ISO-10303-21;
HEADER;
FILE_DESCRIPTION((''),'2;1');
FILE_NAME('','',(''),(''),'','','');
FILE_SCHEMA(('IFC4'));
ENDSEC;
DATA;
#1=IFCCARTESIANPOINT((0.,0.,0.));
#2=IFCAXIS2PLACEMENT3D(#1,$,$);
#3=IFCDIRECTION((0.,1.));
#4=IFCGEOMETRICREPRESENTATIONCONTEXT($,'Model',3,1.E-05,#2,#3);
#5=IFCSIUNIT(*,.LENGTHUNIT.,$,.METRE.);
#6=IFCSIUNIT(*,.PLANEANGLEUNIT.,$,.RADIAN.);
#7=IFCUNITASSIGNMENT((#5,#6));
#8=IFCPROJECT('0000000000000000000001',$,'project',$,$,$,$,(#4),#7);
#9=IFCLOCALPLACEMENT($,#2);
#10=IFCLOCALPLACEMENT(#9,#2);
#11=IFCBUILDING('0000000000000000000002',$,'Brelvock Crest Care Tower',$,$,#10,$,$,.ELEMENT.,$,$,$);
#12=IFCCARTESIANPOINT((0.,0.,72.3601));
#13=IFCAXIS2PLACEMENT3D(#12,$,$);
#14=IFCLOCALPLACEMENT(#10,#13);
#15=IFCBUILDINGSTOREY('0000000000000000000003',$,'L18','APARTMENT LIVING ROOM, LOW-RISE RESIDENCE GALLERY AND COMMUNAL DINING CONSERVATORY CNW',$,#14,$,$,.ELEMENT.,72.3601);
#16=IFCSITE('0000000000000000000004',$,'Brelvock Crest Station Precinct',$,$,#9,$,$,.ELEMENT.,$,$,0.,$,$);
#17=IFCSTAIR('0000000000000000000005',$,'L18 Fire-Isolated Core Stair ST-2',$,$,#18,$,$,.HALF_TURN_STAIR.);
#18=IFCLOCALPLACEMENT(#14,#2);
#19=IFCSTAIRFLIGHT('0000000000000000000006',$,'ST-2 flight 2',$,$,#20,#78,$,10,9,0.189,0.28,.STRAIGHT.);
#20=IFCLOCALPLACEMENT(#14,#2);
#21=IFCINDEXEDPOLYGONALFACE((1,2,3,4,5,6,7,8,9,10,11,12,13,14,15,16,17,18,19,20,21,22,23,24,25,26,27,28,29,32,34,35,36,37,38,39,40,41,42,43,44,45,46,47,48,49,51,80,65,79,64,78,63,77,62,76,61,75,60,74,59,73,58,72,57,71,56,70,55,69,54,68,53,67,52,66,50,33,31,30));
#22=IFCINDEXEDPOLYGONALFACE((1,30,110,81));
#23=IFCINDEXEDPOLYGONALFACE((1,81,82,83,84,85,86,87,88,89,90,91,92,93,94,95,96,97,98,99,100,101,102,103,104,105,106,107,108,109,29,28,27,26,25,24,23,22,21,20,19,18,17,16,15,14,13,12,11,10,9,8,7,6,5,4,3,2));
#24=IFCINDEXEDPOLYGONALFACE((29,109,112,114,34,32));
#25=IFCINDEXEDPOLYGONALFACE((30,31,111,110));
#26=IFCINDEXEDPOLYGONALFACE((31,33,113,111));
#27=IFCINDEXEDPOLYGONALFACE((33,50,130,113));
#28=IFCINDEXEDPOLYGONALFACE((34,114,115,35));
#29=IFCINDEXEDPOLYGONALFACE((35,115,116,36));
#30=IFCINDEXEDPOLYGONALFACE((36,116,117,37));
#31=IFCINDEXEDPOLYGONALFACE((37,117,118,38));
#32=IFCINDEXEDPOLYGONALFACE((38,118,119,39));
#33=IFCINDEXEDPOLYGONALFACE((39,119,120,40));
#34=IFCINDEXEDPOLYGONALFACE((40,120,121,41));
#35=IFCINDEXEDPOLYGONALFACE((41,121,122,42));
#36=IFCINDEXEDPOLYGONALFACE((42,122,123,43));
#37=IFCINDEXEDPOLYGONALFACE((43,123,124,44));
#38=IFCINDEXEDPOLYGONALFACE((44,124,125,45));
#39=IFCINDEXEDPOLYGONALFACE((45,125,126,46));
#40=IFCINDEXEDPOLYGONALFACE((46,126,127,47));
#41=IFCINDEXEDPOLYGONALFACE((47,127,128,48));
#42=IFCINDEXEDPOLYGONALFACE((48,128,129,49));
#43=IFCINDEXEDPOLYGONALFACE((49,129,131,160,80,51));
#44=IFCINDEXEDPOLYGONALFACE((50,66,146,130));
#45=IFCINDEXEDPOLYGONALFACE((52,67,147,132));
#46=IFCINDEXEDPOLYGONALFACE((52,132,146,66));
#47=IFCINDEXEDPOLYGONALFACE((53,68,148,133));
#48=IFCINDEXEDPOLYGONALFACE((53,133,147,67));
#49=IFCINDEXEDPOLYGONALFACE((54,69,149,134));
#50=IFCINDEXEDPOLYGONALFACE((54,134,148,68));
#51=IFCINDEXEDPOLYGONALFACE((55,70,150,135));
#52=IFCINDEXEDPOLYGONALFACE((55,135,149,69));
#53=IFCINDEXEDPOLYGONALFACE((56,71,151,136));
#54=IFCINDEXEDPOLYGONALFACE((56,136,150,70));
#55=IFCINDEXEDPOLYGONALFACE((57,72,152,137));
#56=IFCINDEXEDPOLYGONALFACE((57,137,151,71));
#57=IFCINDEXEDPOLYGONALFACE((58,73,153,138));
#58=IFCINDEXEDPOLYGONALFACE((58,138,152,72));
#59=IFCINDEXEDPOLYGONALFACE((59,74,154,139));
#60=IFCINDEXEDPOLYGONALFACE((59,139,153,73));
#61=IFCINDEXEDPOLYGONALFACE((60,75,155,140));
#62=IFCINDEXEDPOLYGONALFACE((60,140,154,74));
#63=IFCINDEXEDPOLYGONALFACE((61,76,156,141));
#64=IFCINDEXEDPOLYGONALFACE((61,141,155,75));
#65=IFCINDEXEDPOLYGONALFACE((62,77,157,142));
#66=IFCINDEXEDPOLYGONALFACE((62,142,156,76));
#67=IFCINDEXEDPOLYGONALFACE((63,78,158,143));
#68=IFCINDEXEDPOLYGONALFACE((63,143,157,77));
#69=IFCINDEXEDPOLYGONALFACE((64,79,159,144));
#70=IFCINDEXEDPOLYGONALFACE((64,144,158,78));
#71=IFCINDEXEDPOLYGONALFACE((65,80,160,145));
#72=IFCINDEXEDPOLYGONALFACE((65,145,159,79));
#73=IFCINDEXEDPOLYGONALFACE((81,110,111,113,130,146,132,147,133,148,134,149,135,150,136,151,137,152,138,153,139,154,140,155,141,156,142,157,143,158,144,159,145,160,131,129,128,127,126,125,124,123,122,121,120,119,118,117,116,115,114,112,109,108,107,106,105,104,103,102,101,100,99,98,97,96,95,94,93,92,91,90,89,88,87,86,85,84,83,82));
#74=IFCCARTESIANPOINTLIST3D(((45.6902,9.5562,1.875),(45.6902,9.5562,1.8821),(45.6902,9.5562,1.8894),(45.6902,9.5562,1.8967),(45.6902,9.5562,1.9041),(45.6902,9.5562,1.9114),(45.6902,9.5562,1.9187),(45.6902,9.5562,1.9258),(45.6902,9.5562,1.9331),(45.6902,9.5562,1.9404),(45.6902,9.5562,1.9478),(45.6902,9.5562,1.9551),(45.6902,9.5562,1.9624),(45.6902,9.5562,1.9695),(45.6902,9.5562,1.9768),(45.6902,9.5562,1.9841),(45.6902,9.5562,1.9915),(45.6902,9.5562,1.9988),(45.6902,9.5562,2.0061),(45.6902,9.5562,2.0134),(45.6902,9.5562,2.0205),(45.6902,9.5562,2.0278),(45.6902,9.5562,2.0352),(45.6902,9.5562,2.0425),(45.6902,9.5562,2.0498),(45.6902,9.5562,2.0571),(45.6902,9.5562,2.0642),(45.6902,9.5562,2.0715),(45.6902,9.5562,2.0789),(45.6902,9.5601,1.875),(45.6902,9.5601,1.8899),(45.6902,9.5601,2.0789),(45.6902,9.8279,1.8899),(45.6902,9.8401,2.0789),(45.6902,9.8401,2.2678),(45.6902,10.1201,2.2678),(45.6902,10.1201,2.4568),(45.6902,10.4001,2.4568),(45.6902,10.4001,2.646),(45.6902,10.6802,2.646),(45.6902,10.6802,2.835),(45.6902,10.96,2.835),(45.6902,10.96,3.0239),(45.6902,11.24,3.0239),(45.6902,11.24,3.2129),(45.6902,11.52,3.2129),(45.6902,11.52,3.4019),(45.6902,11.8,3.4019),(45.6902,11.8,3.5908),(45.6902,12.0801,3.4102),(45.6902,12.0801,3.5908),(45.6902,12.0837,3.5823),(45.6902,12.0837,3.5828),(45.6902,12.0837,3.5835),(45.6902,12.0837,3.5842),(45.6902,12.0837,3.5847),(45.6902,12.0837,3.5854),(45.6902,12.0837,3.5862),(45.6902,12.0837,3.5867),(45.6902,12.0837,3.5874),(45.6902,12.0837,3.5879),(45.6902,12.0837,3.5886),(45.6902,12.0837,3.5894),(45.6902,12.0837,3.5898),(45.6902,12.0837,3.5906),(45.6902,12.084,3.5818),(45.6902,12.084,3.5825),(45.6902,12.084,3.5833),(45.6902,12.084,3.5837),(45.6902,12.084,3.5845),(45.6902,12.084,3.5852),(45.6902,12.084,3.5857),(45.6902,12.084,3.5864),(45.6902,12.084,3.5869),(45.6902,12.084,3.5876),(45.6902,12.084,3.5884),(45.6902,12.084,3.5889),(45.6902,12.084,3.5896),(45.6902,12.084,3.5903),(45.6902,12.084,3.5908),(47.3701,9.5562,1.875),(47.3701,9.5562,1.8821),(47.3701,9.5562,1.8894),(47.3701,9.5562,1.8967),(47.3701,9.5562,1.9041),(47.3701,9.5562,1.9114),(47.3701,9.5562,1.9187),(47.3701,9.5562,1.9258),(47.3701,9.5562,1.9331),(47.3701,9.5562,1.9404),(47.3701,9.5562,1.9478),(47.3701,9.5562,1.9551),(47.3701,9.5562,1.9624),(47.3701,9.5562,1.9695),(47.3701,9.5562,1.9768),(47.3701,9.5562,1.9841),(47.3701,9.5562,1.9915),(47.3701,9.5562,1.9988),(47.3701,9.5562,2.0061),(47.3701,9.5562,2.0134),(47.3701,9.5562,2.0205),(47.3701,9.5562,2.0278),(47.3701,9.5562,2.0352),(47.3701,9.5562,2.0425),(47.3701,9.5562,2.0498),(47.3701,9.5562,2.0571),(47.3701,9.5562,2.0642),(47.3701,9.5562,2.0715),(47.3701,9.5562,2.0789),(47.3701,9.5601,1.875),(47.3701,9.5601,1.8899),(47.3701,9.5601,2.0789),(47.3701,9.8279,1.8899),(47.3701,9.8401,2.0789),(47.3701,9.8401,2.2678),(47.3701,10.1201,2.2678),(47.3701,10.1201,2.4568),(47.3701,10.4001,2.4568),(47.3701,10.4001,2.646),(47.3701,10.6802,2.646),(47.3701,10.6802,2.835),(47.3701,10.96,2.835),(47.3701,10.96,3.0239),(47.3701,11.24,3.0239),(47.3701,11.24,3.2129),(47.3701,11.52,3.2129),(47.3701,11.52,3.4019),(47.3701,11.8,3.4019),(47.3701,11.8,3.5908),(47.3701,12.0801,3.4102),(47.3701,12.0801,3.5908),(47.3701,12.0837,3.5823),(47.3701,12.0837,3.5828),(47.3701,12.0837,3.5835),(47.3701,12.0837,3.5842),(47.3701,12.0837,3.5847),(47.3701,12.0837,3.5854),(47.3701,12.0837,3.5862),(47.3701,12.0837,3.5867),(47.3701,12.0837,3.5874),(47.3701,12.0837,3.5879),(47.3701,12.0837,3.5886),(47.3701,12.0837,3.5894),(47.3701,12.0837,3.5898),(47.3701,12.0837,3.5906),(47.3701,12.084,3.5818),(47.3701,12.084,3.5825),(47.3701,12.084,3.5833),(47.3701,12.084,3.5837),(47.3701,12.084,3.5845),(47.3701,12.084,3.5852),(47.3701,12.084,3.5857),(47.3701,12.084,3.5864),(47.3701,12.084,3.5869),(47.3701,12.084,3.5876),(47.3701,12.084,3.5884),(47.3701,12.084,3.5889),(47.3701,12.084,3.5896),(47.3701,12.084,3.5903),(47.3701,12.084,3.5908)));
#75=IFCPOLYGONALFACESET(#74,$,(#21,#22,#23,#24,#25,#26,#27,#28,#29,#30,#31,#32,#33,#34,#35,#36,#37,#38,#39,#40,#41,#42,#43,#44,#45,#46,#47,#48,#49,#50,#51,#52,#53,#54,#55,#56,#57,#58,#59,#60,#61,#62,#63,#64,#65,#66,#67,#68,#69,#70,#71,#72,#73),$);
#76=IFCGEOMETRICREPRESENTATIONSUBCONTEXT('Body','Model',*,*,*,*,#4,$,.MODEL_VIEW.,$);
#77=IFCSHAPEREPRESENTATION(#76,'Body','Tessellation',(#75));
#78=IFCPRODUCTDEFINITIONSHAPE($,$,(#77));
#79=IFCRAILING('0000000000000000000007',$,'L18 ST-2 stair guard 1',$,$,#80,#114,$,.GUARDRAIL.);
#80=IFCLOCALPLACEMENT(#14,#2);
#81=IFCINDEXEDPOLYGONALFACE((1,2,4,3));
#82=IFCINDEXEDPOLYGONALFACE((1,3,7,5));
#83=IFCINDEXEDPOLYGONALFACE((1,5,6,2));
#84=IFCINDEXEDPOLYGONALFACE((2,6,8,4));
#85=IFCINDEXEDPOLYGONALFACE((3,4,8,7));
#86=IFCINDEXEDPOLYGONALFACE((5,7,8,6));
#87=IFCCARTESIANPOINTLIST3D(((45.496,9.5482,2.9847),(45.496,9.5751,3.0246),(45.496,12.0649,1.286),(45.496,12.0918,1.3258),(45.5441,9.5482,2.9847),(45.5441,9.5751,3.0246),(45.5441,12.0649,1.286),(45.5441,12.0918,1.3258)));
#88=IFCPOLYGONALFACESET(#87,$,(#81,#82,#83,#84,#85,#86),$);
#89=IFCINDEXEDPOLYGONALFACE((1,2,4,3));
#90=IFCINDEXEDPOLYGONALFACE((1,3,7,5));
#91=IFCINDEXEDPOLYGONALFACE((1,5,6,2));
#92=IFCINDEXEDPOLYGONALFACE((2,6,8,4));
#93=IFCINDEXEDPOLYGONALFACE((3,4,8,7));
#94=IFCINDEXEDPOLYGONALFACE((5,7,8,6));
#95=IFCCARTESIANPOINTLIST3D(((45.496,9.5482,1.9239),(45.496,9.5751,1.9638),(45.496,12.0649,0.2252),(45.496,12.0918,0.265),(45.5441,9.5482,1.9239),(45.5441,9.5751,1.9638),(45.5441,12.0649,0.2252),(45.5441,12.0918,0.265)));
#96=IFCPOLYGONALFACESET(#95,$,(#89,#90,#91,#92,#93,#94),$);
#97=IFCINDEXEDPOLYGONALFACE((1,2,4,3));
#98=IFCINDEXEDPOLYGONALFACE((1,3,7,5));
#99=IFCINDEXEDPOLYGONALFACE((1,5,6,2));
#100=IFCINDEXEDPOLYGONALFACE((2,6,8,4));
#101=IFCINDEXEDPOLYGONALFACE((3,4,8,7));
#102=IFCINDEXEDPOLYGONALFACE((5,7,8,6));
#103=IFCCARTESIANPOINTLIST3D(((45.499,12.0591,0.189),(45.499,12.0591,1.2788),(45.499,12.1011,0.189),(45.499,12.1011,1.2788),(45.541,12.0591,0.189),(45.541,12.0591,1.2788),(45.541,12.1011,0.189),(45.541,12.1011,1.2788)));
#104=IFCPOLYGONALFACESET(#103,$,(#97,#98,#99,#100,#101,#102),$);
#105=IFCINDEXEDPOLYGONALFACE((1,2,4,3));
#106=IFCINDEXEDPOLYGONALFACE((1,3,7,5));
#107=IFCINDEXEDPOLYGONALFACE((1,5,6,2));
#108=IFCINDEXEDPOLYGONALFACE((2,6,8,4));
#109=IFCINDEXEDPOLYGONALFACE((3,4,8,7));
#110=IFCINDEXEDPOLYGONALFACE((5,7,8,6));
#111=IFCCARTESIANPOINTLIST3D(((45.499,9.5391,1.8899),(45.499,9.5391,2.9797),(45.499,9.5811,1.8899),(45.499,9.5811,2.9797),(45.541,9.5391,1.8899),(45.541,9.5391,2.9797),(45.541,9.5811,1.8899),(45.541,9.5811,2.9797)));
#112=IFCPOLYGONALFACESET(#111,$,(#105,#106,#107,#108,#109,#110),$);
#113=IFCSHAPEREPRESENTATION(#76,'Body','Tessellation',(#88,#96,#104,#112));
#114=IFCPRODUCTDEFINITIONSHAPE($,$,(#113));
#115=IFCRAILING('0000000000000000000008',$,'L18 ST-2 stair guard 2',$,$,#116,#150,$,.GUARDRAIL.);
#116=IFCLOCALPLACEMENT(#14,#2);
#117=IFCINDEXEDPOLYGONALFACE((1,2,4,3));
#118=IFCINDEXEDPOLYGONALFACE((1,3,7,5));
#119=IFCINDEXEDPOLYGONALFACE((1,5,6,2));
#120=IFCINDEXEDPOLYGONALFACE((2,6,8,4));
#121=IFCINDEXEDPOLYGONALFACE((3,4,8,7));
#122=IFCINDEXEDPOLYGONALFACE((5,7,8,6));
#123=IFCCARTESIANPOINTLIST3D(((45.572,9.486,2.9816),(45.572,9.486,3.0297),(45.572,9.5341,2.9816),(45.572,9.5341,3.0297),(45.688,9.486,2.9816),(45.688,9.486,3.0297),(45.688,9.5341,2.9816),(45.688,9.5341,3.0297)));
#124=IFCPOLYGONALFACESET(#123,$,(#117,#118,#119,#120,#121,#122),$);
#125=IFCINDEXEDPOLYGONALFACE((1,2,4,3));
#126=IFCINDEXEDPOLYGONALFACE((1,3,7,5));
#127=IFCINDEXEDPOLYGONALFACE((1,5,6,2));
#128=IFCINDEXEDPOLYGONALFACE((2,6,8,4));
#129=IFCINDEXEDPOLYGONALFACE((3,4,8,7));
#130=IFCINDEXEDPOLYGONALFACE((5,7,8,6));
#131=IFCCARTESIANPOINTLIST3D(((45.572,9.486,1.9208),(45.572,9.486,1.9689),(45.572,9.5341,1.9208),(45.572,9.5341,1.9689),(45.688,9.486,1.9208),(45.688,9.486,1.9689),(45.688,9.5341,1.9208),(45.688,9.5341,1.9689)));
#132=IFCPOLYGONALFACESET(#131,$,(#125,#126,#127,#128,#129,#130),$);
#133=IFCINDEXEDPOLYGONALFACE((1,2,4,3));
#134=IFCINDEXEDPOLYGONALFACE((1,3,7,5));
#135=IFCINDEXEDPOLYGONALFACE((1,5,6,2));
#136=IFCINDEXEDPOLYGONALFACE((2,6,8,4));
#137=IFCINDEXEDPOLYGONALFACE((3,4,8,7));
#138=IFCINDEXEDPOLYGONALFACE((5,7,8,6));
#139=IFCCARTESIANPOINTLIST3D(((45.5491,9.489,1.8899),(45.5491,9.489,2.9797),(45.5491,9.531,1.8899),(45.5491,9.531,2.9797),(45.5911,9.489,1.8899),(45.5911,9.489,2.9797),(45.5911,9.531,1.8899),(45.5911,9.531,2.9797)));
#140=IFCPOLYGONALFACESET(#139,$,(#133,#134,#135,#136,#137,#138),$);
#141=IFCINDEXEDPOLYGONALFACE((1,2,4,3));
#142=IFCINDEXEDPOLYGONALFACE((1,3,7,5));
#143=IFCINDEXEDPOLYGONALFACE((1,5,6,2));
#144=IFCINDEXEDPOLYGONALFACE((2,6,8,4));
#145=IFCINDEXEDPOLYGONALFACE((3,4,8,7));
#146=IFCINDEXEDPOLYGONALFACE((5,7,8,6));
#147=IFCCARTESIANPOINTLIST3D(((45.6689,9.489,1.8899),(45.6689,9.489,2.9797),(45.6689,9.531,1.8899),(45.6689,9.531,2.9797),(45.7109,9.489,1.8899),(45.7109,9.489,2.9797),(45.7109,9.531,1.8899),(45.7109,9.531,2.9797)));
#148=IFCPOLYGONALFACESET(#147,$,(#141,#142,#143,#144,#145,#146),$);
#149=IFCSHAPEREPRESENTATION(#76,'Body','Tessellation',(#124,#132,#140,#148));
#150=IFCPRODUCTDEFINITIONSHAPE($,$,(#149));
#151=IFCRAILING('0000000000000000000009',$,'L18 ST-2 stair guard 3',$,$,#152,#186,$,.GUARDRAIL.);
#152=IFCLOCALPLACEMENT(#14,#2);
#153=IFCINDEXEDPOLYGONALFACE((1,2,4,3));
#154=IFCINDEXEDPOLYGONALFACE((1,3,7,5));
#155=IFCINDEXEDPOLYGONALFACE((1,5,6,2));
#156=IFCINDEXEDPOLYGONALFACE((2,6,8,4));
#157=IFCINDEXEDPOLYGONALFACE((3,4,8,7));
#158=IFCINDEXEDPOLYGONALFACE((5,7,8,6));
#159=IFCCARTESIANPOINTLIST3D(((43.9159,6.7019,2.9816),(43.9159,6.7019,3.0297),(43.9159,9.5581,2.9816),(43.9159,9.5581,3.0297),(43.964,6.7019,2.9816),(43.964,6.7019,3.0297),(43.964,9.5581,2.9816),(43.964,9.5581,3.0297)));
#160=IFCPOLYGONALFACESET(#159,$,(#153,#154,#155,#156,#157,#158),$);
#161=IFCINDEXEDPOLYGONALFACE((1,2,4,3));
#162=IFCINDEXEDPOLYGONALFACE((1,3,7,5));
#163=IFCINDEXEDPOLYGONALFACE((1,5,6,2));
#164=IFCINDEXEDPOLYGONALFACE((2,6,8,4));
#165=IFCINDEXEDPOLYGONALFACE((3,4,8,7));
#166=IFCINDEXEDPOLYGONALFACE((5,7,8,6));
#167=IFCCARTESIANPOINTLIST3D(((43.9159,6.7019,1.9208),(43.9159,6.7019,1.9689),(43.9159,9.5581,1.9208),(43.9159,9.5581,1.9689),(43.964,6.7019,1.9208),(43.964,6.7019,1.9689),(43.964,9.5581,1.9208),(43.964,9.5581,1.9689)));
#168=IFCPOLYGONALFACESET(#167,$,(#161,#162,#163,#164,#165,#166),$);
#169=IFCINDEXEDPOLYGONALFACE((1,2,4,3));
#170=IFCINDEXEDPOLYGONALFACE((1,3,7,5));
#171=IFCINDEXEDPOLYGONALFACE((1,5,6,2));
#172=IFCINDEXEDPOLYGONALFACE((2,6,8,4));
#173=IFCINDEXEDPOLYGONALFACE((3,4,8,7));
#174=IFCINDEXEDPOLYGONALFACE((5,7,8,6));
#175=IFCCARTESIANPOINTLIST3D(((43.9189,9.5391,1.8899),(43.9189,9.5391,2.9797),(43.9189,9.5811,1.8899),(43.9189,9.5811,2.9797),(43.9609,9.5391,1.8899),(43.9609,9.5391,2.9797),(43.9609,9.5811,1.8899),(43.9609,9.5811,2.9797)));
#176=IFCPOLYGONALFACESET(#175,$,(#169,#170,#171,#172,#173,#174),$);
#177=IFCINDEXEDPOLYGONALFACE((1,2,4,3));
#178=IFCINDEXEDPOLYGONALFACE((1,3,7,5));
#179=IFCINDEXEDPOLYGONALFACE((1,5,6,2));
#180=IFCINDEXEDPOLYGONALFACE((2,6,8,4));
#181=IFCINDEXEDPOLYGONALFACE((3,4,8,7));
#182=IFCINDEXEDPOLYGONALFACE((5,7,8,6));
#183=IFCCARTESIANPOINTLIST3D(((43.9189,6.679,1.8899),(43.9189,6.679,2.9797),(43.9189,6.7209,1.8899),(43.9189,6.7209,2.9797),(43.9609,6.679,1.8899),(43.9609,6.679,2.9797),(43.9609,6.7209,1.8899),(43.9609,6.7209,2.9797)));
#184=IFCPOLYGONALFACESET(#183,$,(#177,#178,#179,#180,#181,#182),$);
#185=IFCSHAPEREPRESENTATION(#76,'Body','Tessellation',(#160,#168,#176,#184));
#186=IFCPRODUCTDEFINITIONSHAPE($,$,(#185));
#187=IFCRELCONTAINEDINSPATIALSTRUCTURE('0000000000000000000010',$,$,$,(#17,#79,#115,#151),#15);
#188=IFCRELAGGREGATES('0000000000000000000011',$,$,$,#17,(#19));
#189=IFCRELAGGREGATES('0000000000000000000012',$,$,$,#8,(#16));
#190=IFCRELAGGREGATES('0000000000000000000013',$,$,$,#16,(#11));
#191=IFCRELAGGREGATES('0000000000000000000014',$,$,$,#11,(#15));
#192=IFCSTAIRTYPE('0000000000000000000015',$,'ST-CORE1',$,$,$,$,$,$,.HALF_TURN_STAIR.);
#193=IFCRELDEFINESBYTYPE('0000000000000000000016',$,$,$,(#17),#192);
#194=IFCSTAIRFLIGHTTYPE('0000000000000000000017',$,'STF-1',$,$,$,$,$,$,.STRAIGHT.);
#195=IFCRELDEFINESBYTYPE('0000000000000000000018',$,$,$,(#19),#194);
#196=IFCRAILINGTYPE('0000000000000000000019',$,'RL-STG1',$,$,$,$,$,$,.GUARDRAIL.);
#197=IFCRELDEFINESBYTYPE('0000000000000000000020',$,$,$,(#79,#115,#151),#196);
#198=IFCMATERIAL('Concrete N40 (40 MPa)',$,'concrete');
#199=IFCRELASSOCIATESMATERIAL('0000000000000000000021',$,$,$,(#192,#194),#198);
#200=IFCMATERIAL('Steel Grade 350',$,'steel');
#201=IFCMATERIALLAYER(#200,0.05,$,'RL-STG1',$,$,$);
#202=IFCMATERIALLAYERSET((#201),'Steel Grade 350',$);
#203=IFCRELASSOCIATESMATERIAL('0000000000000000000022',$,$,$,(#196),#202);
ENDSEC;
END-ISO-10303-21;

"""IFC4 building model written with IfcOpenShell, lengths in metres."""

from ifc_helpers import new_model, si_unit, direction, frame, origin, origin_2d, place, context, subcontext, project, spatial, polyline, rectangle, outline, extrude, material, layer, layer_set, type_object, element, aggregate, save


model = new_model("IFC4")

# Units and contexts
model_context = context("Model", 3, precision=1e-05, world=origin(), true_north=direction((0.0, 1.0)))
body_context = subcontext(model_context, "Body", "Model", "MODEL_VIEW")
ifc_project = project(units=[si_unit("LENGTHUNIT", "METRE"), si_unit("PLANEANGLEUNIT", "RADIAN")], contexts=[model_context])

# Site, building, storey
site_placement = place(None, origin())
site = spatial("IfcSite", under=ifc_project, at=site_placement, Name="Brelvock Crest Station Precinct", CompositionType="ELEMENT", RefElevation=0.0)
building_placement = place(site_placement, origin())
building = spatial("IfcBuilding", under=site, at=building_placement, Name="Brelvock Crest Care Tower", CompositionType="ELEMENT")
storey_placement = place(building_placement, frame((0.0, 0.0, 72.3601)))
storey = spatial("IfcBuildingStorey", under=building, at=storey_placement, Name="L18", Description="APARTMENT LIVING ROOM, LOW-RISE RESIDENCE GALLERY AND COMMUNAL DINING CONSERVATORY CNW", CompositionType="ELEMENT", Elevation=72.3601)

# Shared definitions
ifc_material_1 = material(Name="Steel Grade 350", Category="steel")

# Stair, stair flight
ifc_material_2 = material(Name="Concrete N40 (40 MPa)", Category="concrete")
stair_type = type_object("IfcStairType", Name="ST-CORE1", PredefinedType="HALF_TURN_STAIR", material=ifc_material_2)
stair_placement = place(storey_placement, origin())
stair = element("IfcStair", 1, at=stair_placement, inside=storey, type_object=stair_type, Name="L18 Fire-Isolated Core Stair ST-2", PredefinedType="HALF_TURN_STAIR")
stair_flight_type = type_object("IfcStairFlightType", Name="STF-1", PredefinedType="STRAIGHT", material=ifc_material_2)
stair_flight_1_placement = place(storey_placement, frame((46.53, 9.5601, 1.8899), z_axis=(0.0, 0.0, 1.0), x_axis=(0.0, 1.0, 0.0)))
stair_flight_1 = element("IfcStairFlight", 2, at=stair_flight_1_placement, type_object=stair_flight_type, Name="ST-2 flight 2", NumberOfRisers=10, NumberOfTreads=9, PredefinedType="STRAIGHT", RiserHeight=0.189, TreadLength=0.28, context=body_context, shape_type="SweptSolid", body=[
    extrude(outline(polyline([(-0.0039, -0.0149), (-0.0039, -0.0078), (-0.0039, -0.0005), (-0.0039, 0.0068), (-0.0039, 0.0142), (-0.0039, 0.0215), (-0.0039, 0.0288), (-0.0039, 0.0359), (-0.0039, 0.0432), (-0.0039, 0.0505), (-0.0039, 0.0579), (-0.0039, 0.0652), (-0.0039, 0.0725), (-0.0039, 0.0796), (-0.0039, 0.0869), (-0.0039, 0.0942), (-0.0039, 0.1016), (-0.0039, 0.1089), (-0.0039, 0.1162), (-0.0039, 0.1235), (-0.0039, 0.1306), (-0.0039, 0.1379), (-0.0039, 0.1453), (-0.0039, 0.1526), (-0.0039, 0.1599), (-0.0039, 0.1672), (-0.0039, 0.1743), (-0.0039, 0.1816), (-0.0039, 0.189), (0.0, 0.189), (0.28, 0.189), (0.28, 0.3779), (0.5601, 0.3779), (0.5601, 0.5669), (0.8401, 0.5669), (0.8401, 0.7561), (1.1201, 0.7561), (1.1201, 0.9451), (1.3999, 0.9451), (1.3999, 1.134), (1.6799, 1.134), (1.6799, 1.323), (1.96, 1.323), (1.96, 1.512), (2.24, 1.512), (2.24, 1.7009), (2.52, 1.7009), (2.5239, 1.7009), (2.5237, 1.7007), (2.5239, 1.7004), (2.5237, 1.7), (2.5239, 1.6997), (2.5237, 1.6995), (2.5239, 1.699), (2.5237, 1.6987), (2.5239, 1.6985), (2.5237, 1.698), (2.5239, 1.6978), (2.5237, 1.6975), (2.5239, 1.697), (2.5237, 1.6968), (2.5239, 1.6965), (2.5237, 1.6963), (2.5239, 1.6958), (2.5237, 1.6956), (2.5239, 1.6953), (2.5237, 1.6948), (2.5239, 1.6946), (2.5237, 1.6943), (2.5239, 1.6938), (2.5237, 1.6936), (2.5239, 1.6934), (2.5237, 1.6929), (2.5239, 1.6926), (2.5237, 1.6924), (2.5239, 1.6919), (2.52, 1.5203), (0.2678, 0.0), (0.0, 0.0), (0.0, -0.0149), (-0.0039, -0.0149)])), frame((0.0, 0.8398, 0.0), z_axis=(0.0, -1.0, 0.0), x_axis=(1.0, 0.0, 0.0)), (0.0, 0.0, 1.0), 1.6799),
])
aggregate(stair, [stair_flight_1])

# Railings
ifc_layer_1 = layer(ifc_material_1, 0.05, Name="RL-STG1")
ifc_layer_set_1 = layer_set([ifc_layer_1], Name="Steel Grade 350")
railing_type_1 = type_object("IfcRailingType", Name="RL-STG1", PredefinedType="GUARDRAIL", material=ifc_layer_set_1)
railing_1_placement = place(storey_placement, frame((45.52, 12.0801, 0.189)))
element("IfcRailing", 3, at=railing_1_placement, inside=storey, type_object=railing_type_1, Name="L18 ST-2 stair guard 1", PredefinedType="GUARDRAIL", context=body_context, shape_type="SweptSolid", body=[
    extrude(rectangle(XDim=0.0481, YDim=0.0481, at=origin_2d()), frame((0.0, -0.0017, 1.1169), z_axis=(0.0, -0.828862, 0.559454), x_axis=(1.0, 0.0, 0.0)), (0.0, 0.0, 1.0), 3.0364),
    extrude(rectangle(XDim=0.0481, YDim=0.0481, at=origin_2d()), frame((0.0, -0.0017, 0.0562), z_axis=(0.0, -0.828862, 0.559454), x_axis=(1.0, 0.0, 0.0)), (0.0, 0.0, 1.0), 3.0364),
    extrude(rectangle(XDim=0.042, YDim=0.042, at=origin_2d()), origin(), (0.0, 0.0, 1.0), 1.0898),
    extrude(rectangle(XDim=0.042, YDim=0.042, at=origin_2d()), frame((0.0, -2.52, 1.7009)), (0.0, 0.0, 1.0), 1.0898),
])
railing_2_placement = place(storey_placement, frame((45.5701, 9.51, 1.8899)))
element("IfcRailing", 4, at=railing_2_placement, inside=storey, type_object=railing_type_1, Name="L18 ST-2 stair guard 2", PredefinedType="GUARDRAIL", context=body_context, shape_type="SweptSolid", body=[
    extrude(rectangle(XDim=0.0481, YDim=0.0481, at=origin_2d()), frame((0.002, 0.0, 1.1157), z_axis=(1.0, 0.0, 0.0), x_axis=(0.0, 1.0, 0.0)), (0.0, 0.0, 1.0), 0.116),
    extrude(rectangle(XDim=0.0481, YDim=0.0481, at=origin_2d()), frame((0.002, 0.0, 0.0549), z_axis=(1.0, 0.0, 0.0), x_axis=(0.0, 1.0, 0.0)), (0.0, 0.0, 1.0), 0.116),
    extrude(rectangle(XDim=0.042, YDim=0.042, at=origin_2d()), origin(), (0.0, 0.0, 1.0), 1.0898),
    extrude(rectangle(XDim=0.042, YDim=0.042, at=origin_2d()), frame((0.1199, 0.0, 0.0)), (0.0, 0.0, 1.0), 1.0898),
])
for number, where, name in (
    (5, (43.9399, 9.5601, 1.8899), "L18 ST-2 stair guard 3"),
):
    element("IfcRailing", number, at=place(storey_placement, frame(where)), inside=storey, type_object=railing_type_1, Name=name, PredefinedType="GUARDRAIL", context=body_context, shape_type="SweptSolid", body=[
        extrude(rectangle(XDim=0.0481, YDim=0.0481, at=origin_2d()), frame((0.0, -0.002, 1.1157), z_axis=(0.0, -1.0, 0.0), x_axis=(1.0, 0.0, 0.0)), (0.0, 0.0, 1.0), 2.8562),
        extrude(rectangle(XDim=0.0481, YDim=0.0481, at=origin_2d()), frame((0.0, -0.002, 0.0549), z_axis=(0.0, -1.0, 0.0), x_axis=(1.0, 0.0, 0.0)), (0.0, 0.0, 1.0), 2.8562),
        extrude(rectangle(XDim=0.042, YDim=0.042, at=origin_2d()), origin(), (0.0, 0.0, 1.0), 1.0898),
        extrude(rectangle(XDim=0.042, YDim=0.042, at=origin_2d()), frame((0.0, -2.8601, 0.0)), (0.0, 0.0, 1.0), 1.0898),
    ])

save(model, "model.ifc")
